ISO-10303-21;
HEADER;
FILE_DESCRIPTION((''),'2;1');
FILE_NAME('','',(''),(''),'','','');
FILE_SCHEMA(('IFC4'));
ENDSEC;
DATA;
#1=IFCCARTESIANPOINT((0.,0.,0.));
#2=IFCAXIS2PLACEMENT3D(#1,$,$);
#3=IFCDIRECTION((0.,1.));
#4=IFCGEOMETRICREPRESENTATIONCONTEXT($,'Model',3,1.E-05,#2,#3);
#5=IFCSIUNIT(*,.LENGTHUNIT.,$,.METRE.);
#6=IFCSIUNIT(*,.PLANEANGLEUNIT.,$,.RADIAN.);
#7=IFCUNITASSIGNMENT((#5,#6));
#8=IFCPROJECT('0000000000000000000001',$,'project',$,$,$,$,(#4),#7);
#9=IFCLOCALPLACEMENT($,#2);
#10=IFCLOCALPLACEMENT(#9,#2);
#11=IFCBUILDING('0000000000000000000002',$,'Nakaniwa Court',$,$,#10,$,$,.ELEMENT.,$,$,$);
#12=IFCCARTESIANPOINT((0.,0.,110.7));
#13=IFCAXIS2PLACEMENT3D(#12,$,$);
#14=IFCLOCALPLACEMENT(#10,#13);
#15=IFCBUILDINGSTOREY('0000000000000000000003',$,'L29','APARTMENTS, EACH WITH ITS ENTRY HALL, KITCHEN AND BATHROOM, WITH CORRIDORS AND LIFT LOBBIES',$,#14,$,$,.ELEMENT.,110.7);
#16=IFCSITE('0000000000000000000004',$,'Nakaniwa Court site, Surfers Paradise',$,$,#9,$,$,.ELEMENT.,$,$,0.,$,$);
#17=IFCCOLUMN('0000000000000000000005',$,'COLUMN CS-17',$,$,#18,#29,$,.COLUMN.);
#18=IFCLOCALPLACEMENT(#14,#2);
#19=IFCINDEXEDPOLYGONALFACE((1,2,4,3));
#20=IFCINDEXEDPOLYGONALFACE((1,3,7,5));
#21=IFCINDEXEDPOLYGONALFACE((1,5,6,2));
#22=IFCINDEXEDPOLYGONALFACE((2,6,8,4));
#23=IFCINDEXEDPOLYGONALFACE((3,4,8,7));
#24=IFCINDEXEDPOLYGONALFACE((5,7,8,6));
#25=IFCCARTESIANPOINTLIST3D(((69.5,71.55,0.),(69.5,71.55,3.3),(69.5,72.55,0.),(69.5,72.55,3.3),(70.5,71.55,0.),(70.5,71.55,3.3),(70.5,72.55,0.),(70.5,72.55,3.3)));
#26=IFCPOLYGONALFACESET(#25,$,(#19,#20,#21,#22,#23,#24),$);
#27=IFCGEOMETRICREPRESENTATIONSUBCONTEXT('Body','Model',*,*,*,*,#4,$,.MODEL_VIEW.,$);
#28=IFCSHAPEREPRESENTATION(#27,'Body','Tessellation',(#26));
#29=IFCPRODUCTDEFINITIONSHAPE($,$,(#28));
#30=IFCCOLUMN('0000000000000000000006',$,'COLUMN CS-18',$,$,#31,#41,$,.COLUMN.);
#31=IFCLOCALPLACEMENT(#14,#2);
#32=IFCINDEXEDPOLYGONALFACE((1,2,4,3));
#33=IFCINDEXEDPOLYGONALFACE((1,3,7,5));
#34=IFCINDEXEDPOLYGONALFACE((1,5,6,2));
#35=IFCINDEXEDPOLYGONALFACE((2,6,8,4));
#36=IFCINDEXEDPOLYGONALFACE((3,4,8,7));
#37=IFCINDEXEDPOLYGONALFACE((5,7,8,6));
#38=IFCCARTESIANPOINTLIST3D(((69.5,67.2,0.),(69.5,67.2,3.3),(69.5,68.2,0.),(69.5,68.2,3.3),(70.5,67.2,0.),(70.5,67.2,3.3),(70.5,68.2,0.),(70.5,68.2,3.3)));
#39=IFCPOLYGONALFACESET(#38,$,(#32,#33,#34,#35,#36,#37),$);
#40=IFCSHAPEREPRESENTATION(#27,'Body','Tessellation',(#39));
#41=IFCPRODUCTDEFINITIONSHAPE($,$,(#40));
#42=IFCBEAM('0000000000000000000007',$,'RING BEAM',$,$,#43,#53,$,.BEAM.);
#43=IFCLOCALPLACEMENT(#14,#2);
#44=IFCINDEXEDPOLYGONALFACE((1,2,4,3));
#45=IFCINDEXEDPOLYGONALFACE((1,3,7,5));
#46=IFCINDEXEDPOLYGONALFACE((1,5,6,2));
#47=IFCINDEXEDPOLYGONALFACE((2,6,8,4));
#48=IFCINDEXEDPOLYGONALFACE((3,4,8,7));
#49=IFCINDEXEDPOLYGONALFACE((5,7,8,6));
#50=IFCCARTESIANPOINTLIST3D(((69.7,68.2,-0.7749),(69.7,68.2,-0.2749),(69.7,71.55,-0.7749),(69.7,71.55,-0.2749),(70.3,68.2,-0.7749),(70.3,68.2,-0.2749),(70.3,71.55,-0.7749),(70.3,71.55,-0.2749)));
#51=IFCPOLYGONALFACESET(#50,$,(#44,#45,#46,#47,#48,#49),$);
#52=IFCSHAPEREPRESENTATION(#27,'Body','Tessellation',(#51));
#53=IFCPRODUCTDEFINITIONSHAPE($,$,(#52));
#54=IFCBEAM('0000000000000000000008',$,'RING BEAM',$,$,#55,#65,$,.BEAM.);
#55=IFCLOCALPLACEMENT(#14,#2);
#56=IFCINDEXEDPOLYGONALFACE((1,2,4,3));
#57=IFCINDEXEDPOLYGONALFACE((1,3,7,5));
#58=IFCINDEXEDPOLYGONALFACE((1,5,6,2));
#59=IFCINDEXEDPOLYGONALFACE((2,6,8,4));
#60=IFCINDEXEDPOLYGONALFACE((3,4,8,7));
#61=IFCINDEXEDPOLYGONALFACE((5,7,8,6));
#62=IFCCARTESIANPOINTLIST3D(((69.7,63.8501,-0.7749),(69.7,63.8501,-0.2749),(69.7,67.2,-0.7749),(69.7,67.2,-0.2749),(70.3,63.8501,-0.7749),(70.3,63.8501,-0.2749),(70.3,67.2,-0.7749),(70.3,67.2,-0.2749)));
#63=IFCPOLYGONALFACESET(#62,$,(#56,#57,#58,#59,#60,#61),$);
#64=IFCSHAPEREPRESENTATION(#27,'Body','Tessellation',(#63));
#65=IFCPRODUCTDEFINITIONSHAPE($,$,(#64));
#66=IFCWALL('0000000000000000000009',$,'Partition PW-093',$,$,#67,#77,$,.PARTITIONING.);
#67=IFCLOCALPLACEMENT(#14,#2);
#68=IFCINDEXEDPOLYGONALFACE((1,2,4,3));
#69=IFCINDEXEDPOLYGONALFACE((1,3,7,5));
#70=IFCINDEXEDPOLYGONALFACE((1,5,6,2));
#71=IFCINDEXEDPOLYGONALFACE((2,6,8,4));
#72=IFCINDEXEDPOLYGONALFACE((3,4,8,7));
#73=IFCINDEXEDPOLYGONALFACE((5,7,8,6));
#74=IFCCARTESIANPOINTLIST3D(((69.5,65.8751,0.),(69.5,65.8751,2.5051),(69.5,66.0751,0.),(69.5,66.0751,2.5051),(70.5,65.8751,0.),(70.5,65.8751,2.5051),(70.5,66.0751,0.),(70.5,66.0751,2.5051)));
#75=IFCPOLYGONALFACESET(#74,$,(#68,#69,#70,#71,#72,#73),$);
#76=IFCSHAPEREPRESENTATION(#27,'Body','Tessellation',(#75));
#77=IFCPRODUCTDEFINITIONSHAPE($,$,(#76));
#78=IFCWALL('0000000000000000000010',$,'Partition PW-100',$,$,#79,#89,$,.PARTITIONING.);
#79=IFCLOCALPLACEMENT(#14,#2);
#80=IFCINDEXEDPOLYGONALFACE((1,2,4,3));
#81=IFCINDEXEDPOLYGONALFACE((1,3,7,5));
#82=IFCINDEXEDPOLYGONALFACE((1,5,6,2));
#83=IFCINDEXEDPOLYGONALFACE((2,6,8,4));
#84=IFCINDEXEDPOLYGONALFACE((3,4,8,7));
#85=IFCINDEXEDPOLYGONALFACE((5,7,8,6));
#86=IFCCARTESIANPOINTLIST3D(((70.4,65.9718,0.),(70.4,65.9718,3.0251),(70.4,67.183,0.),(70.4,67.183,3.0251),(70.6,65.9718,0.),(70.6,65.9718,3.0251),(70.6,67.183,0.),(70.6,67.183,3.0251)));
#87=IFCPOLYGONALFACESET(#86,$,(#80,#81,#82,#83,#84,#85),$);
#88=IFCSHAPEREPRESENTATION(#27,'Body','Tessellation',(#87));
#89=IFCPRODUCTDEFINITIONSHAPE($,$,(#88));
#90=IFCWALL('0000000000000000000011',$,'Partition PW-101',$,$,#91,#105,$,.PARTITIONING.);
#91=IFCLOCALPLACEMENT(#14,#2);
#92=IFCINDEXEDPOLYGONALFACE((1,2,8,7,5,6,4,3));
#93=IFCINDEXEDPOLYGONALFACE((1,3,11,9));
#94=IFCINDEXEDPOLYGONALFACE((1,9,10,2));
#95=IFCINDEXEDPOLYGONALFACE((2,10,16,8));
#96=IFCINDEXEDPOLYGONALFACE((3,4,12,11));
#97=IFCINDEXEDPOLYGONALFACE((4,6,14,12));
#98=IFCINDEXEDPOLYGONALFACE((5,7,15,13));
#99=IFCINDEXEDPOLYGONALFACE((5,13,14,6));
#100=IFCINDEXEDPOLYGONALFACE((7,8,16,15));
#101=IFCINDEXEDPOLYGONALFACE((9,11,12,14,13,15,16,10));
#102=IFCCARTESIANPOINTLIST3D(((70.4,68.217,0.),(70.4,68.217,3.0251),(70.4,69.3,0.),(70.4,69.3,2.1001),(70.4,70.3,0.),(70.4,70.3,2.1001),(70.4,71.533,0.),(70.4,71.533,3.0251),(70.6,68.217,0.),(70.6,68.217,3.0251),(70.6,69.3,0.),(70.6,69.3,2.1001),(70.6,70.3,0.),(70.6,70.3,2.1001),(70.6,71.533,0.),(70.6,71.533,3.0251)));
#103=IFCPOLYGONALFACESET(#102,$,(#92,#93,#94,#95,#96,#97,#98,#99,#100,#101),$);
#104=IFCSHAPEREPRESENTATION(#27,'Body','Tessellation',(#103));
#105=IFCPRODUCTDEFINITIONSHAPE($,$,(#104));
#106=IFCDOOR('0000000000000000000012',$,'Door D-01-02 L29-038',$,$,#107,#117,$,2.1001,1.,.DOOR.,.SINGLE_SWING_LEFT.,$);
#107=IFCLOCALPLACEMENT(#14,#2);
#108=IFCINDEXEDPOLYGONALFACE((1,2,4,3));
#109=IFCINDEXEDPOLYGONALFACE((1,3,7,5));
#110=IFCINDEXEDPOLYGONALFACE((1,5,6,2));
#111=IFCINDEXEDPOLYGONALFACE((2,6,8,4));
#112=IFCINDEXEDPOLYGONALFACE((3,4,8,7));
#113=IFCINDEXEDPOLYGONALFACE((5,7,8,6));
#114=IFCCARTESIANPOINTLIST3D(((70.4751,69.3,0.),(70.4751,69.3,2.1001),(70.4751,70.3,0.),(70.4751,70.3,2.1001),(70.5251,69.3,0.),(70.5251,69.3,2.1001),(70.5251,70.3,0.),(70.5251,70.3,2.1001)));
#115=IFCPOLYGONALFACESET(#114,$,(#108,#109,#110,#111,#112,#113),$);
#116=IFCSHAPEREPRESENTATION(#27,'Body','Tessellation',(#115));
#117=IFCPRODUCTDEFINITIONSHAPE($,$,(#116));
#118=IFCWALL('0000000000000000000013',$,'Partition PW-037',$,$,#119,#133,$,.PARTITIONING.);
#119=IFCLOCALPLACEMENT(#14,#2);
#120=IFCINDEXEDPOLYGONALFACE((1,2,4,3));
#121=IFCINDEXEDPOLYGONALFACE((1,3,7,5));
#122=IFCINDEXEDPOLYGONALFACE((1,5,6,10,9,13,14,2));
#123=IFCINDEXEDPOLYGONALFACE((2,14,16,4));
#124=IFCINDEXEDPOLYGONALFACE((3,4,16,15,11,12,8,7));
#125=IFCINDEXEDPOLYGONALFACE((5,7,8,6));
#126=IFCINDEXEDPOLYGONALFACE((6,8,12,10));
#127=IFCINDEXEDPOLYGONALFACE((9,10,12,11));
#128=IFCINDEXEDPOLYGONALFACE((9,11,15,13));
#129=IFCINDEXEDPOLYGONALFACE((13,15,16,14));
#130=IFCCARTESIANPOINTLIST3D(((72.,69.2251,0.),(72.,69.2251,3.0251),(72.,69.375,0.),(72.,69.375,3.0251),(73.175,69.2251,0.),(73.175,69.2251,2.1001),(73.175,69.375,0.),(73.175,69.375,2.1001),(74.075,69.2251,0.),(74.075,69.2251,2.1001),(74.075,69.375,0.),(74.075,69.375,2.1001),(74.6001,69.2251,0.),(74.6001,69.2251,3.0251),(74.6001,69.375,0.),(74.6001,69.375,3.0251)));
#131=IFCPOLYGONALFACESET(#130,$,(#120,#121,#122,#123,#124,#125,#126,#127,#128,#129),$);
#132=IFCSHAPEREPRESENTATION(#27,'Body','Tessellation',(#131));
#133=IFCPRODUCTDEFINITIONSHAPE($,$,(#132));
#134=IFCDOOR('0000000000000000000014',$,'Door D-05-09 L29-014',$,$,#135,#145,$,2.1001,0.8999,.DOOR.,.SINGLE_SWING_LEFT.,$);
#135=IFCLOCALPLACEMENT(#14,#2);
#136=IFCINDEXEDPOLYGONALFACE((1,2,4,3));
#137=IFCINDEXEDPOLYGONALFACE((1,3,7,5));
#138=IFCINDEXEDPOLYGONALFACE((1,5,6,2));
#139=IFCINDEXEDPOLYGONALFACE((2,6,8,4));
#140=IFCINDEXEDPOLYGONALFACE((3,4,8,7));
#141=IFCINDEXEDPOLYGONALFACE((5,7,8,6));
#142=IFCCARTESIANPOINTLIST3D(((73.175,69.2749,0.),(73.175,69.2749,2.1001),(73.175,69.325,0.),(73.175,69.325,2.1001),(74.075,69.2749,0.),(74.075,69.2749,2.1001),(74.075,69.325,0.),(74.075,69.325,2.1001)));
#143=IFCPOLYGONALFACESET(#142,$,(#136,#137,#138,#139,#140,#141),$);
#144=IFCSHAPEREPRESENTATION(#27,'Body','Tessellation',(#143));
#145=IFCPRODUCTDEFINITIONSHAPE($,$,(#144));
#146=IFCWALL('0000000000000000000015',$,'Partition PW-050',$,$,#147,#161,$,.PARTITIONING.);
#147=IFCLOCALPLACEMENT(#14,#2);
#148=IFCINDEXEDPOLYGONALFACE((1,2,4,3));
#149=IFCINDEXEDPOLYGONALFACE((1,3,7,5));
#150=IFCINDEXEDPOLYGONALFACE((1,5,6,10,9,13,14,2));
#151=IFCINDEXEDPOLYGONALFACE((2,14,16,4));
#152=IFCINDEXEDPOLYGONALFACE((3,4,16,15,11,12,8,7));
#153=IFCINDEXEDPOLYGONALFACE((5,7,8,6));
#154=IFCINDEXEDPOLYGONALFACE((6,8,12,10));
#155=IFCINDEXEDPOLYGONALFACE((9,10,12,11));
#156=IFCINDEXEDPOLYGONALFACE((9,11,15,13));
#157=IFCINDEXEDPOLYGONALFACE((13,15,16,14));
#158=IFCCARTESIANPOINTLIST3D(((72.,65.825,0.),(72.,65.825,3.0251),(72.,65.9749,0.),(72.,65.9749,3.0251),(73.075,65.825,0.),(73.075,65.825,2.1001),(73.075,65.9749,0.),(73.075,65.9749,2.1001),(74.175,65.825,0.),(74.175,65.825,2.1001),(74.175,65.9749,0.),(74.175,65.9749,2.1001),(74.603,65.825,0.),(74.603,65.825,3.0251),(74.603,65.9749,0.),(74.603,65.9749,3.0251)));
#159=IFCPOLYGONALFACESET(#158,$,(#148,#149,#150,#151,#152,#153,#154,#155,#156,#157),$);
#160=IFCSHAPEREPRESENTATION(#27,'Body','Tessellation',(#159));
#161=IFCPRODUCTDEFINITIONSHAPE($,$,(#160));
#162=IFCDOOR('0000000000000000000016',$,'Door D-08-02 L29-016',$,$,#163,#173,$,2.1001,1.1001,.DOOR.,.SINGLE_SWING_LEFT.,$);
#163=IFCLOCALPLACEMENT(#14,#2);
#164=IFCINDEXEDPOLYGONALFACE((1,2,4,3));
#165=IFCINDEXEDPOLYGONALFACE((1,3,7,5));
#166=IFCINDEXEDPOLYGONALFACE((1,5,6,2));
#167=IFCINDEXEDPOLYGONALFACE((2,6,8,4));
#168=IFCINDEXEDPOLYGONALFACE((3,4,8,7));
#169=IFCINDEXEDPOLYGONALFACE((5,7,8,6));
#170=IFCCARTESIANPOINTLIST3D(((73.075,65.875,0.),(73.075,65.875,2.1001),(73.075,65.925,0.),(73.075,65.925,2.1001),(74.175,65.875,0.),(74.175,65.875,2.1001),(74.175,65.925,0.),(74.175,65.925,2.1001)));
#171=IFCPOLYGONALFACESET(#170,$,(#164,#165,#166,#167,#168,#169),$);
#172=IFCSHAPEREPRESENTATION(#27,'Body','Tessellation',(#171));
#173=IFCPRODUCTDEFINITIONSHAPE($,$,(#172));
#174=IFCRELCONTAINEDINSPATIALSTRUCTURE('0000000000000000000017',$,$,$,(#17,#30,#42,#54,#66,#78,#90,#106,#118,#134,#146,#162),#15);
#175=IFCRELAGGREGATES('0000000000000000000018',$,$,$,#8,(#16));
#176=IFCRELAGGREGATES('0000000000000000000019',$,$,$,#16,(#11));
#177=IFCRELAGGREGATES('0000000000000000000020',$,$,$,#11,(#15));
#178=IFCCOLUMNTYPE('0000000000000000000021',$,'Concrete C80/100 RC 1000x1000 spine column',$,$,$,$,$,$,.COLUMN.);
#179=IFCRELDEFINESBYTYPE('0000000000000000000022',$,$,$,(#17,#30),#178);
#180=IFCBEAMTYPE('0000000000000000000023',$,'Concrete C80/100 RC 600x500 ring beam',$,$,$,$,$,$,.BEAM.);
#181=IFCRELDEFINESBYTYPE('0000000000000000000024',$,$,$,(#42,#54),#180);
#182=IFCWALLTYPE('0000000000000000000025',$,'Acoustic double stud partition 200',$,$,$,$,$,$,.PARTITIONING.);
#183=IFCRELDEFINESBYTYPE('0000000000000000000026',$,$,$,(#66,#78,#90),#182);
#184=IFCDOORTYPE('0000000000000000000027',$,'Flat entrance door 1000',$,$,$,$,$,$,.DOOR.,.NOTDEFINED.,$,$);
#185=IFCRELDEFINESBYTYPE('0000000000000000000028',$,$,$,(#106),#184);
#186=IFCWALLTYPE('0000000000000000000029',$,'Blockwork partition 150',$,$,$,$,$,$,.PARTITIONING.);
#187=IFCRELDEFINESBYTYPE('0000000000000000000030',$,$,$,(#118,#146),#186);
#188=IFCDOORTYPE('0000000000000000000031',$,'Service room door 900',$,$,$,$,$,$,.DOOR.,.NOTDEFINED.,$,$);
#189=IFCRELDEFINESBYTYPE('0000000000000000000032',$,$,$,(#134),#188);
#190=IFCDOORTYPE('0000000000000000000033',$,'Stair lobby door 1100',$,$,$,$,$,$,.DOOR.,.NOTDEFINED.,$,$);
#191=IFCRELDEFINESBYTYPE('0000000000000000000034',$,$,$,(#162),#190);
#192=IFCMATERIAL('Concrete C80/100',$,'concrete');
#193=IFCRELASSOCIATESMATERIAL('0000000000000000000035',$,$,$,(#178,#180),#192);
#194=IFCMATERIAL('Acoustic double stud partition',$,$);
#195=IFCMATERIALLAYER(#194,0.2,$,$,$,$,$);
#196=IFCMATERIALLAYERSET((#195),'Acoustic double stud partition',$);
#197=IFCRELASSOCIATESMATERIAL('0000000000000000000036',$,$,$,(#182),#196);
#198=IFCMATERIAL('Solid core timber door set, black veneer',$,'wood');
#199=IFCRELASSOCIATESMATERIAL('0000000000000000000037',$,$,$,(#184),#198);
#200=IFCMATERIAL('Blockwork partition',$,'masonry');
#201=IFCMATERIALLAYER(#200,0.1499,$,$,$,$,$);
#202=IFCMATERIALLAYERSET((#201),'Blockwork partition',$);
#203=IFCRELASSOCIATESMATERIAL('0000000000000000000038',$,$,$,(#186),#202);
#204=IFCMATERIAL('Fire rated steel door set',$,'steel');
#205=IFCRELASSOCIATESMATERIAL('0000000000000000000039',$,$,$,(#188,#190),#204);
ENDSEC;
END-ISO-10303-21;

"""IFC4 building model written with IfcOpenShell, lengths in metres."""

from ifc_helpers import new_model, si_unit, direction, frame, frame_2d, origin, origin_2d, place, context, subcontext, project, spatial, rectangle, extrude, material, layer, layer_set, material_profile, profile_set, type_object, element, fill, save


model = new_model("IFC4")

# Units and contexts
model_context = context("Model", 3, precision=1e-05, world=origin(), true_north=direction((0.0, 1.0)))
body_context = subcontext(model_context, "Body", "Model", "MODEL_VIEW")
ifc_project = project(units=[si_unit("LENGTHUNIT", "METRE"), si_unit("PLANEANGLEUNIT", "RADIAN")], contexts=[model_context])

# Site, building, storey
site_placement = place(None, origin())
site = spatial("IfcSite", under=ifc_project, at=site_placement, Name="Nakaniwa Court site, Surfers Paradise", CompositionType="ELEMENT", RefElevation=0.0)
building_placement = place(site_placement, origin())
building = spatial("IfcBuilding", under=site, at=building_placement, Name="Nakaniwa Court", CompositionType="ELEMENT")
storey_placement = place(building_placement, frame((0.0, 0.0, 110.7)))
storey = spatial("IfcBuildingStorey", under=building, at=storey_placement, Name="L29", Description="APARTMENTS, EACH WITH ITS ENTRY HALL, KITCHEN AND BATHROOM, WITH CORRIDORS AND LIFT LOBBIES", CompositionType="ELEMENT", Elevation=110.7)

# Columns
ifc_material_1 = material(Name="Concrete C80/100", Category="concrete")
ifc_material_profile_1 = material_profile(ifc_material_1, rectangle(XDim=1.0, YDim=1.0, at=origin_2d()), Name="Concrete C80/100 RC 1000x1000 spine column")
ifc_profile_set_1 = profile_set([ifc_material_profile_1], Name="Concrete C80/100")
column_type = type_object("IfcColumnType", Name="Concrete C80/100 RC 1000x1000 spine column", PredefinedType="COLUMN", material=ifc_profile_set_1)
for number, where, z_axis, x_axis, name in (
    (1, (70.0, 72.05, 0.0), (0.0, 0.0, 1.0), (0.0, -1.0, 0.0), "COLUMN CS-17"),
    (2, (70.0, 67.7, 0.0), (0.0, 0.0, 1.0), (0.0, -1.0, 0.0), "COLUMN CS-18"),
):
    element("IfcColumn", number, at=place(storey_placement, frame(where, z_axis=z_axis, x_axis=x_axis)), inside=storey, type_object=column_type, Name=name, PredefinedType="COLUMN", context=body_context, shape_type="SweptSolid", body=[
        extrude(rectangle(XDim=1.0, YDim=1.0, at=origin_2d()), origin(), (0.0, 0.0, 1.0), 3.3),
    ])

# Beams
ifc_material_profile_2 = material_profile(ifc_material_1, rectangle(XDim=0.6001, YDim=0.5, at=origin_2d()), Name="Concrete C80/100 RC 600x500 ring beam")
ifc_profile_set_2 = profile_set([ifc_material_profile_2], Name="Concrete C80/100")
beam_type = type_object("IfcBeamType", Name="Concrete C80/100 RC 600x500 ring beam", PredefinedType="BEAM", material=ifc_profile_set_2)
beam_1_placement = place(storey_placement, frame((70.0, 71.55, -0.5249), z_axis=(0.0, -1.0, 0.0), x_axis=(1.0, 0.0, 0.0)))
element("IfcBeam", 3, at=beam_1_placement, inside=storey, type_object=beam_type, Name="RING BEAM", PredefinedType="BEAM", context=body_context, shape_type="SweptSolid", body=[
    extrude(rectangle(XDim=0.6001, YDim=0.5, at=origin_2d()), origin(), (0.0, 0.0, 1.0), 3.3501),
])
beam_2_placement = place(storey_placement, frame((70.0, 67.2, -0.5249), z_axis=(0.0, -1.0, 0.0), x_axis=(1.0, 0.0, 0.0)))
element("IfcBeam", 4, at=beam_2_placement, inside=storey, type_object=beam_type, Name="RING BEAM", PredefinedType="BEAM", context=body_context, shape_type="SweptSolid", body=[
    extrude(rectangle(XDim=0.6001, YDim=0.5, at=origin_2d()), origin(), (0.0, 0.0, 1.0), 3.3499),
])

# Walls
ifc_material_2 = material(Name="Acoustic double stud partition")
ifc_layer_1 = layer(ifc_material_2, 0.2)
ifc_layer_set_1 = layer_set([ifc_layer_1], Name="Acoustic double stud partition")
wall_type_1 = type_object("IfcWallType", Name="Acoustic double stud partition 200", PredefinedType="PARTITIONING", material=ifc_layer_set_1)
wall_1_placement = place(storey_placement, frame((69.5, 65.9751, 0.0), z_axis=(0.0, 0.0, 1.0), x_axis=(1.0, 0.0, 0.0)))
element("IfcWall", 5, at=wall_1_placement, inside=storey, type_object=wall_type_1, Name="Partition PW-093", PredefinedType="PARTITIONING", context=body_context, shape_type="SweptSolid", body=[
    extrude(rectangle(XDim=1.0, YDim=0.2, at=frame_2d((0.5, 0.0))), origin(), (0.0, 0.0, 1.0), 2.5051),
])
wall_2_placement = place(storey_placement, frame((70.5, 65.9719, 0.0), z_axis=(0.0, 0.0, 1.0), x_axis=(0.0, 1.0, 0.0)))
element("IfcWall", 6, at=wall_2_placement, inside=storey, type_object=wall_type_1, Name="Partition PW-100", PredefinedType="PARTITIONING", context=body_context, shape_type="SweptSolid", body=[
    extrude(rectangle(XDim=1.2112, YDim=0.2, at=frame_2d((0.6055, 0.0))), origin(), (0.0, 0.0, 1.0), 3.0251),
])

# Walls, openings, doors
wall_3_placement = place(storey_placement, frame((70.5, 68.217, 0.0), z_axis=(0.0, 0.0, 1.0), x_axis=(0.0, 1.0, 0.0)))
wall_3 = element("IfcWall", 7, at=wall_3_placement, inside=storey, type_object=wall_type_1, Name="Partition PW-101", PredefinedType="PARTITIONING", context=body_context, shape_type="SweptSolid", body=[
    extrude(rectangle(XDim=3.3159, YDim=0.2, at=frame_2d((1.658, 0.0))), origin(), (0.0, 0.0, 1.0), 3.0251),
])
opening_1_placement = place(wall_3_placement, frame((1.083, 0.0, 0.0)))
opening_1 = element("IfcOpeningElement", 8, at=opening_1_placement, cuts=wall_3, PredefinedType="OPENING", context=body_context, shape_type="SweptSolid", body=[
    extrude(rectangle(XDim=1.0, YDim=2.1001, at=frame_2d((0.5, 1.05))), frame((0.0, 0.1099, 0.0), z_axis=(0.0, -1.0, 0.0), x_axis=(1.0, 0.0, 0.0)), (0.0, 0.0, 1.0), 0.22),
])
ifc_material_3 = material(Name="Solid core timber door set, black veneer", Category="wood")
door_type_1 = type_object("IfcDoorType", Name="Flat entrance door 1000", OperationType="NOTDEFINED", PredefinedType="DOOR", material=ifc_material_3)
door_1_placement = place(opening_1_placement, origin())
door_1 = element("IfcDoor", 9, at=door_1_placement, inside=storey, type_object=door_type_1, Name="Door D-01-02 L29-038", OperationType="SINGLE_SWING_LEFT", OverallHeight=2.1001, OverallWidth=1.0, PredefinedType="DOOR", context=body_context, shape_type="SweptSolid", body=[
    extrude(rectangle(XDim=1.0, YDim=2.1001, at=frame_2d((0.5, 1.05))), frame((0.0, 0.0249, 0.0), z_axis=(0.0, -1.0, 0.0), x_axis=(1.0, 0.0, 0.0)), (0.0, 0.0, 1.0), 0.05),
])
fill(opening_1, door_1)
ifc_material_4 = material(Name="Blockwork partition", Category="masonry")
ifc_layer_2 = layer(ifc_material_4, 0.1499)
ifc_layer_set_2 = layer_set([ifc_layer_2], Name="Blockwork partition")
wall_type_2 = type_object("IfcWallType", Name="Blockwork partition 150", PredefinedType="PARTITIONING", material=ifc_layer_set_2)
wall_4_placement = place(storey_placement, frame((72.0, 69.3, 0.0), z_axis=(0.0, 0.0, 1.0), x_axis=(1.0, 0.0, 0.0)))
wall_4 = element("IfcWall", 10, at=wall_4_placement, inside=storey, type_object=wall_type_2, Name="Partition PW-037", PredefinedType="PARTITIONING", context=body_context, shape_type="SweptSolid", body=[
    extrude(rectangle(XDim=2.6001, YDim=0.1499, at=frame_2d((1.3, 0.0))), origin(), (0.0, 0.0, 1.0), 3.0251),
])
opening_2_placement = place(wall_4_placement, frame((1.175, 0.0, 0.0)))
opening_2 = element("IfcOpeningElement", 11, at=opening_2_placement, cuts=wall_4, PredefinedType="OPENING", context=body_context, shape_type="SweptSolid", body=[
    extrude(rectangle(XDim=0.8999, YDim=2.1001, at=frame_2d((0.45, 1.05))), frame((0.0, 0.085, 0.0), z_axis=(0.0, -1.0, 0.0), x_axis=(1.0, 0.0, 0.0)), (0.0, 0.0, 1.0), 0.1699),
])
ifc_material_5 = material(Name="Fire rated steel door set", Category="steel")
door_type_2 = type_object("IfcDoorType", Name="Service room door 900", OperationType="NOTDEFINED", PredefinedType="DOOR", material=ifc_material_5)
door_2_placement = place(opening_2_placement, origin())
door_2 = element("IfcDoor", 12, at=door_2_placement, inside=storey, type_object=door_type_2, Name="Door D-05-09 L29-014", OperationType="SINGLE_SWING_LEFT", OverallHeight=2.1001, OverallWidth=0.8999, PredefinedType="DOOR", context=body_context, shape_type="SweptSolid", body=[
    extrude(rectangle(XDim=0.8999, YDim=2.1001, at=frame_2d((0.45, 1.05))), frame((0.0, 0.0249, 0.0), z_axis=(0.0, -1.0, 0.0), x_axis=(1.0, 0.0, 0.0)), (0.0, 0.0, 1.0), 0.05),
])
fill(opening_2, door_2)
wall_5_placement = place(storey_placement, frame((74.603, 65.8999, 0.0), z_axis=(0.0, 0.0, 1.0), x_axis=(-1.0, 0.0, 0.0)))
wall_5 = element("IfcWall", 13, at=wall_5_placement, inside=storey, type_object=wall_type_2, Name="Partition PW-050", PredefinedType="PARTITIONING", context=body_context, shape_type="SweptSolid", body=[
    extrude(rectangle(XDim=2.603, YDim=0.1499, at=frame_2d((1.3015, 0.0))), origin(), (0.0, 0.0, 1.0), 3.0251),
])
opening_3_placement = place(wall_5_placement, frame((0.428, 0.0, 0.0)))
opening_3 = element("IfcOpeningElement", 14, at=opening_3_placement, cuts=wall_5, PredefinedType="OPENING", context=body_context, shape_type="SweptSolid", body=[
    extrude(rectangle(XDim=1.1001, YDim=2.1001, at=frame_2d((0.55, 1.05))), frame((0.0, 0.085, 0.0), z_axis=(0.0, -1.0, 0.0), x_axis=(1.0, 0.0, 0.0)), (0.0, 0.0, 1.0), 0.1699),
])
door_type_3 = type_object("IfcDoorType", Name="Stair lobby door 1100", OperationType="NOTDEFINED", PredefinedType="DOOR", material=ifc_material_5)
door_3_placement = place(opening_3_placement, origin())
door_3 = element("IfcDoor", 15, at=door_3_placement, inside=storey, type_object=door_type_3, Name="Door D-08-02 L29-016", OperationType="SINGLE_SWING_LEFT", OverallHeight=2.1001, OverallWidth=1.1001, PredefinedType="DOOR", context=body_context, shape_type="SweptSolid", body=[
    extrude(rectangle(XDim=1.1001, YDim=2.1001, at=frame_2d((0.55, 1.05))), frame((0.0, 0.0249, 0.0), z_axis=(0.0, -1.0, 0.0), x_axis=(1.0, 0.0, 0.0)), (0.0, 0.0, 1.0), 0.05),
])
fill(opening_3, door_3)

save(model, "model.ifc")
